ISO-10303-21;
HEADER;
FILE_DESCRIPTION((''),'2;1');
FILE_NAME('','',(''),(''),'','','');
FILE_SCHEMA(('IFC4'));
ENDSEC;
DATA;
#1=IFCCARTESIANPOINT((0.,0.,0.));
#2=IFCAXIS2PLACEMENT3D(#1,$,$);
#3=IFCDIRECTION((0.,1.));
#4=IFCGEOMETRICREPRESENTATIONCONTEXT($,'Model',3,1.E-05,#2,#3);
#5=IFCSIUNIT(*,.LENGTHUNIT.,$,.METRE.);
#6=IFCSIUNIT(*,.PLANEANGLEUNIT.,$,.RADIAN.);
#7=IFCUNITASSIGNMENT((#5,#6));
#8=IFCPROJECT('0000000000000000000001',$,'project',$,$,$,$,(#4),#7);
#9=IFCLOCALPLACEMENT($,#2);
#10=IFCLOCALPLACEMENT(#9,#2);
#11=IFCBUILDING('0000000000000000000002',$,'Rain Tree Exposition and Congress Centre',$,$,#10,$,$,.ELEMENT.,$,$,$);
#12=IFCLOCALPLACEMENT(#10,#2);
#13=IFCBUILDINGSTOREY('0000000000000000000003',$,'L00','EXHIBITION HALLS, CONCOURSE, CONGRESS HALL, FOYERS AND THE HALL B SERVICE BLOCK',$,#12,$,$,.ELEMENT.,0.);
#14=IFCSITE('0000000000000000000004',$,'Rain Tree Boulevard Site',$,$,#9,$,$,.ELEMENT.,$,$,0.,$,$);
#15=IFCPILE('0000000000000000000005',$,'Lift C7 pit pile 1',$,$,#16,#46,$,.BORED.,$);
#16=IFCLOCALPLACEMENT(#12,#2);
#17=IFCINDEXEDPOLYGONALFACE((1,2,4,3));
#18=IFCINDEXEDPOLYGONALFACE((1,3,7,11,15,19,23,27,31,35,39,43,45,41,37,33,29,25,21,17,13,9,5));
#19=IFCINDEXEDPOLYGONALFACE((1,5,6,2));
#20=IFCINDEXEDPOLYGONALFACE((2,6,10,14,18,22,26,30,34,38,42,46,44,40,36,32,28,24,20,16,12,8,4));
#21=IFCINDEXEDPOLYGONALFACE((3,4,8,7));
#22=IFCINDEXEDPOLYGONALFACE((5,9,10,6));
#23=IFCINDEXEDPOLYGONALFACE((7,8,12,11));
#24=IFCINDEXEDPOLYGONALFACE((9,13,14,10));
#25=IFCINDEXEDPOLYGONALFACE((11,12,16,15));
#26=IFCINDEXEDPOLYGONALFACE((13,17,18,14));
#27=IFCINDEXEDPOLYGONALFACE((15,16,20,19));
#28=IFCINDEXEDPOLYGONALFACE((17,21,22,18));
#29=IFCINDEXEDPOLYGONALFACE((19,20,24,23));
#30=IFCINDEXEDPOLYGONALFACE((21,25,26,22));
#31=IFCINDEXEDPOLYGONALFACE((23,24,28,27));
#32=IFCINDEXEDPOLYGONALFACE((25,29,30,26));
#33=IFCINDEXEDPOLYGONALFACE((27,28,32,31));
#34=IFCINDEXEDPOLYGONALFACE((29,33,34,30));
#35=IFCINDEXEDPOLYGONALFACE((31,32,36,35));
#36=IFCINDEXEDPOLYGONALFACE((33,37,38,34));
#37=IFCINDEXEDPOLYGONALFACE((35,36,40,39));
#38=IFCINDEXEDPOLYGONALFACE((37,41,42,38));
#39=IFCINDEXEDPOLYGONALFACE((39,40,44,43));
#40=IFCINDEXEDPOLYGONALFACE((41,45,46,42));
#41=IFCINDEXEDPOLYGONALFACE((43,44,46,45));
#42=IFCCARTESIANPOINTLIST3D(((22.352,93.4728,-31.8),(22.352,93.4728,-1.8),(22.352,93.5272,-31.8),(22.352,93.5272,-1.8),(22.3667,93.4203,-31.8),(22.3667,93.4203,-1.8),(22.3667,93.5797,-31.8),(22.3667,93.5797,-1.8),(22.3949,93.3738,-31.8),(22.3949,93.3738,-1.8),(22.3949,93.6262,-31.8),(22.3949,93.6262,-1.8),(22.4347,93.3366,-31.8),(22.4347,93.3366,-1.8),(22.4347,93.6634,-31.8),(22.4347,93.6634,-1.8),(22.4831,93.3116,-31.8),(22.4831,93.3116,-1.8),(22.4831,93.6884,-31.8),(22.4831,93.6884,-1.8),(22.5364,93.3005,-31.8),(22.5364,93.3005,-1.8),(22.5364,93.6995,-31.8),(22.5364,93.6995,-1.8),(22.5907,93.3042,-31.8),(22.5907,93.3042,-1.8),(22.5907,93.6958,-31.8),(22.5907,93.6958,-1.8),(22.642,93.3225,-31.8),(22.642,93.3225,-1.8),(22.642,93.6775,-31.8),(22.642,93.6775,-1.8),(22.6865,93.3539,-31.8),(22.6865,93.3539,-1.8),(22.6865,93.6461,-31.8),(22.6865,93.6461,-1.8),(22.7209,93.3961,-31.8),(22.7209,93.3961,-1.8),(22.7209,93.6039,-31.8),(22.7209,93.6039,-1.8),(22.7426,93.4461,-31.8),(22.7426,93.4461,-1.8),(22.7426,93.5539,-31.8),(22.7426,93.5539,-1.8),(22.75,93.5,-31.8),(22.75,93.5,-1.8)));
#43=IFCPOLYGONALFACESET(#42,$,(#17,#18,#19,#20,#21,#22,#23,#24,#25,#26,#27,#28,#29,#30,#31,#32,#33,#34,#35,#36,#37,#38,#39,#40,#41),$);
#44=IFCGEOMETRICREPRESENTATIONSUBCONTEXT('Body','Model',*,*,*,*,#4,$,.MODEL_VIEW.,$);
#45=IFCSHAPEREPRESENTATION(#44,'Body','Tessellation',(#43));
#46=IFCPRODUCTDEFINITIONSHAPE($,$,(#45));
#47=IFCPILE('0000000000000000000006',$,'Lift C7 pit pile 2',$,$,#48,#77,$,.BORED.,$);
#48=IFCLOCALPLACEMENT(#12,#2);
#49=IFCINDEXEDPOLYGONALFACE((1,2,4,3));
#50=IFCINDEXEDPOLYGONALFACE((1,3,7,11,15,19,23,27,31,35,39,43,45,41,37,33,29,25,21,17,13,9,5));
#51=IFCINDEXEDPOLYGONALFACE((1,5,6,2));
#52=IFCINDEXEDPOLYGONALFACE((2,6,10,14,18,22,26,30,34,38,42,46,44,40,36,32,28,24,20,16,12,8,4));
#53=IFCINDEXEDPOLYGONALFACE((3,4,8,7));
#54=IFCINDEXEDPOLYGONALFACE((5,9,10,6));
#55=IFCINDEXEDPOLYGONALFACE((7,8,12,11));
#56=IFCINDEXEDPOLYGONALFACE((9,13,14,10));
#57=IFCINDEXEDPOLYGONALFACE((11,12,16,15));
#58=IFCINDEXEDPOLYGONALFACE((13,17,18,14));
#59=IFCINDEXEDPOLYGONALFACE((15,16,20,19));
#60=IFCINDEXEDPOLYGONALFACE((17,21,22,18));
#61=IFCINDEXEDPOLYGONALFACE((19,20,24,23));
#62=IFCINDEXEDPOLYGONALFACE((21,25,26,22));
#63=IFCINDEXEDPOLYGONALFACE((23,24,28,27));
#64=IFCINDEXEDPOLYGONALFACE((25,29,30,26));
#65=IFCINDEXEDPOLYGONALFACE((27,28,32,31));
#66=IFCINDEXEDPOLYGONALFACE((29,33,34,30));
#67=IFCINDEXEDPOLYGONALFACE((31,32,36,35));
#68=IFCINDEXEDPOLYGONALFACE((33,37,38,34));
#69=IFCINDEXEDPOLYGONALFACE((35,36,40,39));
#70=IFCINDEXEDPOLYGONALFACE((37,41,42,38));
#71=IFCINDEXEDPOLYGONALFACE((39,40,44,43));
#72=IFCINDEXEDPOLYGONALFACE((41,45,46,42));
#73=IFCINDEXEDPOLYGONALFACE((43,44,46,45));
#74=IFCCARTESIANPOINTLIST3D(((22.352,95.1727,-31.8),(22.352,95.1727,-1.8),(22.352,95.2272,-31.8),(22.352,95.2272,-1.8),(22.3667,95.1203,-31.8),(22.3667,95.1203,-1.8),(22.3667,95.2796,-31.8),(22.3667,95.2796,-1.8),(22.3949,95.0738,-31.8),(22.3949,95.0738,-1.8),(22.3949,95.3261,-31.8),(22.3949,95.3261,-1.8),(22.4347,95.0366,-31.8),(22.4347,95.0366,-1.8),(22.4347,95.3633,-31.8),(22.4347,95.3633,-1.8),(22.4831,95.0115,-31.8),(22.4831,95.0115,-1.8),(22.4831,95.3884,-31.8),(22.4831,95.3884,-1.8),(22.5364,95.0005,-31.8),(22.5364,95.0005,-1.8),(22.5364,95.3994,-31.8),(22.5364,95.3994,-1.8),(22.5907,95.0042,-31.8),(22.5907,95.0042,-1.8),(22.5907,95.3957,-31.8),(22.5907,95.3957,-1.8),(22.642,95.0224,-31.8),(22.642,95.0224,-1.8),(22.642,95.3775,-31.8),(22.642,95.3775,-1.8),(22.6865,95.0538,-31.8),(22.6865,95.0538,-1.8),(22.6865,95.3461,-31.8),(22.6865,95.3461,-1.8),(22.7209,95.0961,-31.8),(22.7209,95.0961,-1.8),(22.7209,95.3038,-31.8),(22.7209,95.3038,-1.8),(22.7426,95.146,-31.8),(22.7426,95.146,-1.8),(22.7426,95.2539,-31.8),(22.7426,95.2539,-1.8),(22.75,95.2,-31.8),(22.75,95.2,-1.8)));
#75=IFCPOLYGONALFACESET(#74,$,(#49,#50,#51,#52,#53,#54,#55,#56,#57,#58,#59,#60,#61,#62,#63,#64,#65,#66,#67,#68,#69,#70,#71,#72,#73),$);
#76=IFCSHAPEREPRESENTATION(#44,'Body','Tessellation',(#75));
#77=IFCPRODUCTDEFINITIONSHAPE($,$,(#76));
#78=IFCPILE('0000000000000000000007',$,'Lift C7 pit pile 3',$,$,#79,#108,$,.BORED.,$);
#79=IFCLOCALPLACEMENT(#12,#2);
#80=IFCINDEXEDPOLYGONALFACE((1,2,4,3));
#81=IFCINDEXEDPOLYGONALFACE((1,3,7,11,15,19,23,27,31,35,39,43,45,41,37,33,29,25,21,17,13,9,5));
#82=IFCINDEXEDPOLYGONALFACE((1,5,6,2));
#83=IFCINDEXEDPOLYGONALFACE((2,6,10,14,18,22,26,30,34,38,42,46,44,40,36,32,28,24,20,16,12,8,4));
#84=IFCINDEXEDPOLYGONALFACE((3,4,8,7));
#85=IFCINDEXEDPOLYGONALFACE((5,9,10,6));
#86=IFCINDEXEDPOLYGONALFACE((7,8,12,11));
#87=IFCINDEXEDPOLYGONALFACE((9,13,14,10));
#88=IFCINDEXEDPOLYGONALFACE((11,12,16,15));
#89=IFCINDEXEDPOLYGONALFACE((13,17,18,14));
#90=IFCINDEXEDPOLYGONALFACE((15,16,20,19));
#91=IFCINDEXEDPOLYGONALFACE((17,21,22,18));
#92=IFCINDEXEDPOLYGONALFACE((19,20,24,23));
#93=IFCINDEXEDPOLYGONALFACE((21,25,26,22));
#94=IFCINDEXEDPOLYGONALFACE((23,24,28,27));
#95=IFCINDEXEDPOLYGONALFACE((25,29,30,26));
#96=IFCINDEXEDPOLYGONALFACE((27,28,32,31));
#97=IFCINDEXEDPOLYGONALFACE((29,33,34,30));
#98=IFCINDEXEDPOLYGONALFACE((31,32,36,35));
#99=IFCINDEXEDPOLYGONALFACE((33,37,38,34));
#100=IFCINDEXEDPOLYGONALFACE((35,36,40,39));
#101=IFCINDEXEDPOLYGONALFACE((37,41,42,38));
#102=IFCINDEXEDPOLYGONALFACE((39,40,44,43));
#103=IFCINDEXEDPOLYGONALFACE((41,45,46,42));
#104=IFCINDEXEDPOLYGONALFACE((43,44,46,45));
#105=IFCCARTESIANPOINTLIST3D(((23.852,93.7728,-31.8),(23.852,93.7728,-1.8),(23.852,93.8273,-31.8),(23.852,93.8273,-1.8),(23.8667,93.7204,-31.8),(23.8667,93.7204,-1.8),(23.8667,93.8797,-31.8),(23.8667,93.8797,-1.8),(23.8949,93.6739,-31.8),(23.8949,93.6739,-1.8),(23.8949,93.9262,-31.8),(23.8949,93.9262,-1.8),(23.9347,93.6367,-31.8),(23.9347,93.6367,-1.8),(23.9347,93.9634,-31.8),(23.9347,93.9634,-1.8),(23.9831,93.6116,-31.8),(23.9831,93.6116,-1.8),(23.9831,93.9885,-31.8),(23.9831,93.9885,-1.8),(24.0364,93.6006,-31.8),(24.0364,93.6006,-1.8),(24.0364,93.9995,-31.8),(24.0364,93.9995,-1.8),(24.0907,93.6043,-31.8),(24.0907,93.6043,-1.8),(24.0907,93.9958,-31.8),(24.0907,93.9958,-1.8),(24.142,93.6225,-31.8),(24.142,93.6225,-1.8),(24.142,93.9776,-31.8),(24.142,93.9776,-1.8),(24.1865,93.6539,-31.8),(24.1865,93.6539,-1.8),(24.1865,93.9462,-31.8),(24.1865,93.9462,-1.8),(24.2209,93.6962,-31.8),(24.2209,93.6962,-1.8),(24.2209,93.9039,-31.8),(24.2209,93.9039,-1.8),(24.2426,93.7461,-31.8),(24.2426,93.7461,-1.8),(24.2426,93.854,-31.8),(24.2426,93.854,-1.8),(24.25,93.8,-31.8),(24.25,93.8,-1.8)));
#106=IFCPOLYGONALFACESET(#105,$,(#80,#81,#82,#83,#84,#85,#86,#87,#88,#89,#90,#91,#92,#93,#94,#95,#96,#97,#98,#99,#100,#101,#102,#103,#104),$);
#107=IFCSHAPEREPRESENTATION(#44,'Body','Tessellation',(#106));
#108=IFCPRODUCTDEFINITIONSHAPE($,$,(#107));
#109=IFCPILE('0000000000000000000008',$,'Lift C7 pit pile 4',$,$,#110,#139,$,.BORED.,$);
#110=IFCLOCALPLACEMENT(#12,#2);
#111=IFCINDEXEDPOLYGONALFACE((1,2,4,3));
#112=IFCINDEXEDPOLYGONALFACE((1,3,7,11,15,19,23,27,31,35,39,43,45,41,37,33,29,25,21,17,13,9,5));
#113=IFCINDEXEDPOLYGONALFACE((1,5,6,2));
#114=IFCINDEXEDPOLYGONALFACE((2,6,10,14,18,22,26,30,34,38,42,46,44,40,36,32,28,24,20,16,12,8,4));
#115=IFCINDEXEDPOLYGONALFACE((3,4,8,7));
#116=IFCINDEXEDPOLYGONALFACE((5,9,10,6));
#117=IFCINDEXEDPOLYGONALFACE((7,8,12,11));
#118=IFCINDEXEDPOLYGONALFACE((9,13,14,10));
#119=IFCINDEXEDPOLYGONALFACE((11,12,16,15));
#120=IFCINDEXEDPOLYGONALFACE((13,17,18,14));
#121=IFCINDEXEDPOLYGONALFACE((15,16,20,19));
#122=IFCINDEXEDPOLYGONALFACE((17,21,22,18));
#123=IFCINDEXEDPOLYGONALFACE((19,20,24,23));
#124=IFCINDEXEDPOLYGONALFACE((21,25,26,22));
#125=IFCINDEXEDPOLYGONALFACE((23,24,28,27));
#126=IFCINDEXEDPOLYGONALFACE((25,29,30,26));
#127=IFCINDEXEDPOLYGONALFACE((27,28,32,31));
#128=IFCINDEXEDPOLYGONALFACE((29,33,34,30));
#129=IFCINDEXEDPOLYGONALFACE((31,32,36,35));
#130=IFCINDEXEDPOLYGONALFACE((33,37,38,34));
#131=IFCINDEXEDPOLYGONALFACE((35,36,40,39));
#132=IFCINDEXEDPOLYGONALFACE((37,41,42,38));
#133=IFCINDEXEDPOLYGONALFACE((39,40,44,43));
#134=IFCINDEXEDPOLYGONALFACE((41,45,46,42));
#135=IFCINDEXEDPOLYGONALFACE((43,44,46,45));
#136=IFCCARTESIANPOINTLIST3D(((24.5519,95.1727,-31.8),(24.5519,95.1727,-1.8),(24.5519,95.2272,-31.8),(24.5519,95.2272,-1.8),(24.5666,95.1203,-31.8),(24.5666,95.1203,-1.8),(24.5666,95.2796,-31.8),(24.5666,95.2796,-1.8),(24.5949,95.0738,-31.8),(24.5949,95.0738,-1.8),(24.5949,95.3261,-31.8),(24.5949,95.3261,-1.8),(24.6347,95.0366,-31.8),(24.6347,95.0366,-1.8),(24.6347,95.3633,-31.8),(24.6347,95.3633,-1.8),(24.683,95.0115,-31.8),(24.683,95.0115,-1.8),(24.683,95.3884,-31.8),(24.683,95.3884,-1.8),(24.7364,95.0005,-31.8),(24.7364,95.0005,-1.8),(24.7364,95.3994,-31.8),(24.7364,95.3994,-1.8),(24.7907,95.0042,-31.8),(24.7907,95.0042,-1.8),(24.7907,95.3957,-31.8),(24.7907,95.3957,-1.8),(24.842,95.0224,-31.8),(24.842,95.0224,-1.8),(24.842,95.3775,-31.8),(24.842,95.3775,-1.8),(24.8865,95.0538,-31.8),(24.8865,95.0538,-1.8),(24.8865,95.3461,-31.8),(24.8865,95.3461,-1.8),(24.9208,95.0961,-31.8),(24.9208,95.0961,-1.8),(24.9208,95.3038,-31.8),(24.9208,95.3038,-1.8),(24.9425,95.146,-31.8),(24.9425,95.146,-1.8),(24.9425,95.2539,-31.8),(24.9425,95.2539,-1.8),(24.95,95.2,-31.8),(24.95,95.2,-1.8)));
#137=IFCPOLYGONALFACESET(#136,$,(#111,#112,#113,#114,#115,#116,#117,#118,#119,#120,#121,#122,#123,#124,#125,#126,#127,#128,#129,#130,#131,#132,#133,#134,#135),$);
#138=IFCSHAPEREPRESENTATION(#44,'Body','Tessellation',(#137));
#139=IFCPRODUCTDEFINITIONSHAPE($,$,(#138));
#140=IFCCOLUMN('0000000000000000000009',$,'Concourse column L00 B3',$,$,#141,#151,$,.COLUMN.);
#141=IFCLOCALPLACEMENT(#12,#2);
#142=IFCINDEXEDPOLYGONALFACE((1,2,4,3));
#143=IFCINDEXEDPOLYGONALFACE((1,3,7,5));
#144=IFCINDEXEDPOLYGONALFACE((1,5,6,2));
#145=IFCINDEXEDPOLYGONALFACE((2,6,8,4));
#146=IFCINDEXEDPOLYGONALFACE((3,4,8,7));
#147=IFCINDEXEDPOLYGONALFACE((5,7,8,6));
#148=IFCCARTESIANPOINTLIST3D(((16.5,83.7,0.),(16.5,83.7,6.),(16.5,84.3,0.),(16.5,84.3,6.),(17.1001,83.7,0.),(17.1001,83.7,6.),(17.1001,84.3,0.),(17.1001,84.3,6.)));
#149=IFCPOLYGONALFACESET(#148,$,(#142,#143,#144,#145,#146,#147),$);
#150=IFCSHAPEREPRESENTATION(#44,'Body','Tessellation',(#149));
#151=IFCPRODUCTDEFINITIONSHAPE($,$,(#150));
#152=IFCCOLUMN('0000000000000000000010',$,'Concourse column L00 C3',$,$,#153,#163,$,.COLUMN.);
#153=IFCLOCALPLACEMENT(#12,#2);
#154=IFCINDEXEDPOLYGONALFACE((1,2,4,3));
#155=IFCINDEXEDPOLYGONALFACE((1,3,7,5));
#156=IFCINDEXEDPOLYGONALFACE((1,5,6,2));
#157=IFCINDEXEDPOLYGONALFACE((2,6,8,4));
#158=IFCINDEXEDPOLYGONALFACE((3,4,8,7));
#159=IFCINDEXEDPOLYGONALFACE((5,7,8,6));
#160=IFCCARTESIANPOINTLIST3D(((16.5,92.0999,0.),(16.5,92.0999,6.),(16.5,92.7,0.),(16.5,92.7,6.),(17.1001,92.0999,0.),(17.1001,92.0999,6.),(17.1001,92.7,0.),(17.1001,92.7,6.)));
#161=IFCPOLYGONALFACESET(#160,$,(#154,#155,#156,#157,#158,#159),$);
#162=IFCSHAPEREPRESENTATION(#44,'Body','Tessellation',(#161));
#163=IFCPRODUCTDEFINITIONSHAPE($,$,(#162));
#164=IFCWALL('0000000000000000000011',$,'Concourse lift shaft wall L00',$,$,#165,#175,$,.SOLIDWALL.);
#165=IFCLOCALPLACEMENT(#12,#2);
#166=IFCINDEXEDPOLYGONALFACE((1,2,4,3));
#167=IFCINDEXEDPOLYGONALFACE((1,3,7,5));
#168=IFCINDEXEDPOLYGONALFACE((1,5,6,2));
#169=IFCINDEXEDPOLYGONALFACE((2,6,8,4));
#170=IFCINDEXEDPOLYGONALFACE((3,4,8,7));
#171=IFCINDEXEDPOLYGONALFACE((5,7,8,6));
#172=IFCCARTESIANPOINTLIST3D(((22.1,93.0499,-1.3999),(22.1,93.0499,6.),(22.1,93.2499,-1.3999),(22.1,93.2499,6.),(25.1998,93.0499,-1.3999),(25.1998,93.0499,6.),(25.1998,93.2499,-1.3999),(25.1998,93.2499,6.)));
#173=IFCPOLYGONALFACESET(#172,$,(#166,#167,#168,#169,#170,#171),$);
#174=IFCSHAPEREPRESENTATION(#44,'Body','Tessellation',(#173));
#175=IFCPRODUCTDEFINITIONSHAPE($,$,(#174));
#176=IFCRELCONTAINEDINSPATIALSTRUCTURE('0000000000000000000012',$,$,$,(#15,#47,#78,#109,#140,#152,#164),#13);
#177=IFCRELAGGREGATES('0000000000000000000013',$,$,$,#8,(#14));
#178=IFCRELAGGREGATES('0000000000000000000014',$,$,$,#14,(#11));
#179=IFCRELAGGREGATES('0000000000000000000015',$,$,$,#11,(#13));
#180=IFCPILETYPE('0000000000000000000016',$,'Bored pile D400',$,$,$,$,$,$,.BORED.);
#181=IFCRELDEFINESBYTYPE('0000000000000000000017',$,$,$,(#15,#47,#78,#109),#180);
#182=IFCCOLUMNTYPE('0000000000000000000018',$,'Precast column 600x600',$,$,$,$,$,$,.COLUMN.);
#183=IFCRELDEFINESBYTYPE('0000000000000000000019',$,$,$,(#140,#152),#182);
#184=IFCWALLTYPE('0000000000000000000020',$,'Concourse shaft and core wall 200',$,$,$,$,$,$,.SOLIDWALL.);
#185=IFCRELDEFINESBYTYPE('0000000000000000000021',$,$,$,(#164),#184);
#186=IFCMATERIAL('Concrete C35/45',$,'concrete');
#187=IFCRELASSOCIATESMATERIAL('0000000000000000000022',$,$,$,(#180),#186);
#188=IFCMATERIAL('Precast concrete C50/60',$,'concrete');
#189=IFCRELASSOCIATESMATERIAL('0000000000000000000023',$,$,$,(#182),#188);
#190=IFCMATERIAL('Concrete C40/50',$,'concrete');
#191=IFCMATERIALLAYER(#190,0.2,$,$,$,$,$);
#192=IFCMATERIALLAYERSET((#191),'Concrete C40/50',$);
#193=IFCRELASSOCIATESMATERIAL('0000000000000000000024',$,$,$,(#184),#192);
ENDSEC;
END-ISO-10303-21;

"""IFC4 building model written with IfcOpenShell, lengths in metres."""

from ifc_helpers import new_model, si_unit, direction, frame, frame_2d, origin, origin_2d, place, context, subcontext, project, spatial, rectangle, circle, extrude, material, layer, layer_set, material_profile, profile_set, type_object, element, save


model = new_model("IFC4")

# Units and contexts
model_context = context("Model", 3, precision=1e-05, world=origin(), true_north=direction((0.0, 1.0)))
body_context = subcontext(model_context, "Body", "Model", "MODEL_VIEW")
ifc_project = project(units=[si_unit("LENGTHUNIT", "METRE"), si_unit("PLANEANGLEUNIT", "RADIAN")], contexts=[model_context])

# Site, building, storey
site_placement = place(None, origin())
site = spatial("IfcSite", under=ifc_project, at=site_placement, Name="Rain Tree Boulevard Site", CompositionType="ELEMENT", RefElevation=0.0)
building_placement = place(site_placement, origin())
building = spatial("IfcBuilding", under=site, at=building_placement, Name="Rain Tree Exposition and Congress Centre", CompositionType="ELEMENT")
storey_placement = place(building_placement, origin())
storey = spatial("IfcBuildingStorey", under=building, at=storey_placement, Name="L00", Description="EXHIBITION HALLS, CONCOURSE, CONGRESS HALL, FOYERS AND THE HALL B SERVICE BLOCK", CompositionType="ELEMENT", Elevation=0.0)

# Piles
ifc_material_1 = material(Name="Concrete C35/45", Category="concrete")
ifc_material_profile_1 = material_profile(ifc_material_1, circle(Radius=0.2, at=origin_2d()), Name="D400")
ifc_profile_set_1 = profile_set([ifc_material_profile_1], Name="Concrete C35/45")
pile_type = type_object("IfcPileType", Name="Bored pile D400", PredefinedType="BORED", material=ifc_profile_set_1)
for number, where, z_axis, x_axis, name in (
    (1, (22.55, 93.5, -1.8), (0.0, 0.0, -1.0), (1.0, 0.0, 0.0), "Lift C7 pit pile 1"),
    (2, (22.55, 95.2, -1.8), (0.0, 0.0, -1.0), (1.0, 0.0, 0.0), "Lift C7 pit pile 2"),
    (3, (24.05, 93.8, -1.8), (0.0, 0.0, -1.0), (1.0, 0.0, 0.0), "Lift C7 pit pile 3"),
    (4, (24.75, 95.2, -1.8), (0.0, 0.0, -1.0), (1.0, 0.0, 0.0), "Lift C7 pit pile 4"),
):
    element("IfcPile", number, at=place(storey_placement, frame(where, z_axis=z_axis, x_axis=x_axis)), inside=storey, type_object=pile_type, Name=name, PredefinedType="BORED", context=body_context, shape_type="SweptSolid", body=[
        extrude(circle(Radius=0.2, at=origin_2d()), origin(), (0.0, 0.0, 1.0), 30.0),
    ])

# Columns
ifc_material_2 = material(Name="Precast concrete C50/60", Category="concrete")
ifc_material_profile_2 = material_profile(ifc_material_2, rectangle(XDim=0.6001, YDim=0.6001, at=origin_2d()), Name="RC 600x600")
ifc_profile_set_2 = profile_set([ifc_material_profile_2], Name="Precast concrete C50/60")
column_type = type_object("IfcColumnType", Name="Precast column 600x600", PredefinedType="COLUMN", material=ifc_profile_set_2)
for number, where, z_axis, x_axis, name in (
    (5, (16.8, 84.0, 0.0), (0.0, 0.0, 1.0), (1.0, 0.0, 0.0), "Concourse column L00 B3"),
    (6, (16.8, 92.3999, 0.0), (0.0, 0.0, 1.0), (1.0, 0.0, 0.0), "Concourse column L00 C3"),
):
    element("IfcColumn", number, at=place(storey_placement, frame(where, z_axis=z_axis, x_axis=x_axis)), inside=storey, type_object=column_type, Name=name, PredefinedType="COLUMN", context=body_context, shape_type="SweptSolid", body=[
        extrude(rectangle(XDim=0.6001, YDim=0.6001, at=origin_2d()), origin(), (0.0, 0.0, 1.0), 6.0),
    ])

# Shared definitions
ifc_material_3 = material(Name="Concrete C40/50", Category="concrete")
ifc_layer_1 = layer(ifc_material_3, 0.2)
ifc_layer_set_1 = layer_set([ifc_layer_1], Name="Concrete C40/50")
wall_type_1 = type_object("IfcWallType", Name="Concourse shaft and core wall 200", PredefinedType="SOLIDWALL", material=ifc_layer_set_1)

# Wall
wall_1_placement = place(storey_placement, frame((22.1001, 93.1499, -1.3999), z_axis=(0.0, 0.0, 1.0), x_axis=(1.0, 0.0, 0.0)))
element("IfcWall", 7, at=wall_1_placement, inside=storey, type_object=wall_type_1, Name="Concourse lift shaft wall L00", PredefinedType="SOLIDWALL", context=body_context, shape_type="SweptSolid", body=[
    extrude(rectangle(XDim=3.0999, YDim=0.2, at=frame_2d((1.5498, 0.0))), origin(), (0.0, 0.0, 1.0), 7.3999),
])

save(model, "model.ifc")
